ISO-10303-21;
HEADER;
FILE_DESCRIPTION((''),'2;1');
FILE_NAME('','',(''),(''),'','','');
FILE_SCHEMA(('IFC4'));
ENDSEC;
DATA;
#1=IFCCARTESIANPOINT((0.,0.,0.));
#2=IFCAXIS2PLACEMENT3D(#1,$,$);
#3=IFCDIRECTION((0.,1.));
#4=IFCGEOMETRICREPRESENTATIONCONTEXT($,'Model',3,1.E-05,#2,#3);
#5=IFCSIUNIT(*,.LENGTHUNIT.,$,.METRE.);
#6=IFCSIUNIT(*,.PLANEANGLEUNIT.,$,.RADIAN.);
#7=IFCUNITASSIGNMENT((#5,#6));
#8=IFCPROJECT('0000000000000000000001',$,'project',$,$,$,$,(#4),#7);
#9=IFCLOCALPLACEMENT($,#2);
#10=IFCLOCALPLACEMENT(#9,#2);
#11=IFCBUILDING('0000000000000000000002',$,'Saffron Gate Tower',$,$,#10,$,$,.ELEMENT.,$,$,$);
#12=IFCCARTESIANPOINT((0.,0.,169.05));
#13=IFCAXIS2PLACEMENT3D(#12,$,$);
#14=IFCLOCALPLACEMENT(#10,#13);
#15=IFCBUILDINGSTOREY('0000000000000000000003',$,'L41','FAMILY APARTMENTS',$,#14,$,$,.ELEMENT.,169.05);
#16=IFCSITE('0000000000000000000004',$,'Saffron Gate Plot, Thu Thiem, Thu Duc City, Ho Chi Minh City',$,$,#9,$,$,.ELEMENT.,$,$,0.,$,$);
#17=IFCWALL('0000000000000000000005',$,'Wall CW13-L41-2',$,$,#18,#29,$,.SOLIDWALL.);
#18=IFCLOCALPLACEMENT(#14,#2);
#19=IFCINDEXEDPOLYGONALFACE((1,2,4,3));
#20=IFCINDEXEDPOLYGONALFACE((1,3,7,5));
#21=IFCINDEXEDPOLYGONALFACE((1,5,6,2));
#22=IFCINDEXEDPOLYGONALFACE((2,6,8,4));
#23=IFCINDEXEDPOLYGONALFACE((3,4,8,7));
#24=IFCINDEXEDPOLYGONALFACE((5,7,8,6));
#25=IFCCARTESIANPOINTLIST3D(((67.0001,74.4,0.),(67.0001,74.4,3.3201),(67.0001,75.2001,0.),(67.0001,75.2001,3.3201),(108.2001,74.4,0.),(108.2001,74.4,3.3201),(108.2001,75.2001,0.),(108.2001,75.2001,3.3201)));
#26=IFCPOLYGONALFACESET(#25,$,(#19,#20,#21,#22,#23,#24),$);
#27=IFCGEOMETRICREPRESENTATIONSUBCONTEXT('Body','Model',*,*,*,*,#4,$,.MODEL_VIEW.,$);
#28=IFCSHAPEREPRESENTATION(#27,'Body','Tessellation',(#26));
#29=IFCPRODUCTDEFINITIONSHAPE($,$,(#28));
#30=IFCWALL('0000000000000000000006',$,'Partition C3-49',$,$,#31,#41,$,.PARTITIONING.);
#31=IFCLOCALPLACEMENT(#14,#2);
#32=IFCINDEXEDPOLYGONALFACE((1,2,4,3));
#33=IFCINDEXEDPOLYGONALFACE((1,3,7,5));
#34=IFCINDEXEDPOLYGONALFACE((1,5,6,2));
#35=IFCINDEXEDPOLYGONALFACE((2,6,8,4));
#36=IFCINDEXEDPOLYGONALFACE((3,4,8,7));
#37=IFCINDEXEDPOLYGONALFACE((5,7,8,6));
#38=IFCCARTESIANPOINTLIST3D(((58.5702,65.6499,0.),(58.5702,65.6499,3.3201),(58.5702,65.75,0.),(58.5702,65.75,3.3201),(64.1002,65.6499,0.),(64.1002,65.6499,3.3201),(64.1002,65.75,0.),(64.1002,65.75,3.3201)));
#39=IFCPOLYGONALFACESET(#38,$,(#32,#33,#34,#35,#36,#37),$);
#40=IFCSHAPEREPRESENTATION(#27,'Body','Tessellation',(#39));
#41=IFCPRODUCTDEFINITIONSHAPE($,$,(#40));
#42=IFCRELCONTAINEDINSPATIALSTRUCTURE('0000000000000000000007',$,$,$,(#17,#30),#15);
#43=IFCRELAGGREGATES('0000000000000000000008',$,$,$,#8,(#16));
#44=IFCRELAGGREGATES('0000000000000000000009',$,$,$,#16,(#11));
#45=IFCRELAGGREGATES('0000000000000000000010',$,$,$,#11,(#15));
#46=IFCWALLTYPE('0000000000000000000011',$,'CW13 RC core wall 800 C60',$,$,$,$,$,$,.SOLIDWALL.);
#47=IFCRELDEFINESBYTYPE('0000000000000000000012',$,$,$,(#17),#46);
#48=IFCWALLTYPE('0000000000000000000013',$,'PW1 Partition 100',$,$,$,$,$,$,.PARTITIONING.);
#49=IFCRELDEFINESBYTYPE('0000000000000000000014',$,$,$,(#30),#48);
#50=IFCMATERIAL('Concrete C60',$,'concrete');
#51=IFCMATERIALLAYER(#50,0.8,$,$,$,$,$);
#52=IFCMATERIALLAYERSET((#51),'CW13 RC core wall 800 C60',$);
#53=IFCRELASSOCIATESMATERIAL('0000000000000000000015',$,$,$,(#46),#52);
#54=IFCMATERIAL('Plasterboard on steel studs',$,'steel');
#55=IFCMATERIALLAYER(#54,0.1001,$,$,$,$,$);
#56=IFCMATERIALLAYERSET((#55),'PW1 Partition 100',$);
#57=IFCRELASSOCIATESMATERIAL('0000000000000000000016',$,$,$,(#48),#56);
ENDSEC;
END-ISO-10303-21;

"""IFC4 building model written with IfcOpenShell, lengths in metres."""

from ifc_helpers import new_model, si_unit, direction, frame, frame_2d, origin, place, context, subcontext, project, spatial, rectangle, extrude, material, layer, layer_set, type_object, element, save


model = new_model("IFC4")

# Units and contexts
model_context = context("Model", 3, precision=1e-05, world=origin(), true_north=direction((0.0, 1.0)))
body_context = subcontext(model_context, "Body", "Model", "MODEL_VIEW")
ifc_project = project(units=[si_unit("LENGTHUNIT", "METRE"), si_unit("PLANEANGLEUNIT", "RADIAN")], contexts=[model_context])

# Site, building, storey
site_placement = place(None, origin())
site = spatial("IfcSite", under=ifc_project, at=site_placement, Name="Saffron Gate Plot, Thu Thiem, Thu Duc City, Ho Chi Minh City", CompositionType="ELEMENT", RefElevation=0.0)
building_placement = place(site_placement, origin())
building = spatial("IfcBuilding", under=site, at=building_placement, Name="Saffron Gate Tower", CompositionType="ELEMENT")
storey_placement = place(building_placement, frame((0.0, 0.0, 169.05)))
storey = spatial("IfcBuildingStorey", under=building, at=storey_placement, Name="L41", Description="FAMILY APARTMENTS", CompositionType="ELEMENT", Elevation=169.05)

# Walls
ifc_material_1 = material(Name="Concrete C60", Category="concrete")
ifc_layer_1 = layer(ifc_material_1, 0.8)
ifc_layer_set_1 = layer_set([ifc_layer_1], Name="CW13 RC core wall 800 C60")
wall_type_1 = type_object("IfcWallType", Name="CW13 RC core wall 800 C60", PredefinedType="SOLIDWALL", material=ifc_layer_set_1)
wall_1_placement = place(storey_placement, frame((67.0, 74.8, 0.0), z_axis=(0.0, 0.0, 1.0), x_axis=(1.0, 0.0, 0.0)))
element("IfcWall", 1, at=wall_1_placement, inside=storey, type_object=wall_type_1, Name="Wall CW13-L41-2", PredefinedType="SOLIDWALL", context=body_context, shape_type="SweptSolid", body=[
    extrude(rectangle(XDim=41.2, YDim=0.8, at=frame_2d((20.6001, 0.0))), origin(), (0.0, 0.0, 1.0), 3.3201),
])
ifc_material_2 = material(Name="Plasterboard on steel studs", Category="steel")
ifc_layer_2 = layer(ifc_material_2, 0.1001)
ifc_layer_set_2 = layer_set([ifc_layer_2], Name="PW1 Partition 100")
wall_type_2 = type_object("IfcWallType", Name="PW1 Partition 100", PredefinedType="PARTITIONING", material=ifc_layer_set_2)
wall_2_placement = place(storey_placement, frame((58.5701, 65.7, 0.0), z_axis=(0.0, 0.0, 1.0), x_axis=(1.0, 0.0, 0.0)))
element("IfcWall", 2, at=wall_2_placement, inside=storey, type_object=wall_type_2, Name="Partition C3-49", PredefinedType="PARTITIONING", context=body_context, shape_type="SweptSolid", body=[
    extrude(rectangle(XDim=5.53, YDim=0.1001, at=frame_2d((2.7651, 0.0))), origin(), (0.0, 0.0, 1.0), 3.3201),
])

save(model, "model.ifc")
